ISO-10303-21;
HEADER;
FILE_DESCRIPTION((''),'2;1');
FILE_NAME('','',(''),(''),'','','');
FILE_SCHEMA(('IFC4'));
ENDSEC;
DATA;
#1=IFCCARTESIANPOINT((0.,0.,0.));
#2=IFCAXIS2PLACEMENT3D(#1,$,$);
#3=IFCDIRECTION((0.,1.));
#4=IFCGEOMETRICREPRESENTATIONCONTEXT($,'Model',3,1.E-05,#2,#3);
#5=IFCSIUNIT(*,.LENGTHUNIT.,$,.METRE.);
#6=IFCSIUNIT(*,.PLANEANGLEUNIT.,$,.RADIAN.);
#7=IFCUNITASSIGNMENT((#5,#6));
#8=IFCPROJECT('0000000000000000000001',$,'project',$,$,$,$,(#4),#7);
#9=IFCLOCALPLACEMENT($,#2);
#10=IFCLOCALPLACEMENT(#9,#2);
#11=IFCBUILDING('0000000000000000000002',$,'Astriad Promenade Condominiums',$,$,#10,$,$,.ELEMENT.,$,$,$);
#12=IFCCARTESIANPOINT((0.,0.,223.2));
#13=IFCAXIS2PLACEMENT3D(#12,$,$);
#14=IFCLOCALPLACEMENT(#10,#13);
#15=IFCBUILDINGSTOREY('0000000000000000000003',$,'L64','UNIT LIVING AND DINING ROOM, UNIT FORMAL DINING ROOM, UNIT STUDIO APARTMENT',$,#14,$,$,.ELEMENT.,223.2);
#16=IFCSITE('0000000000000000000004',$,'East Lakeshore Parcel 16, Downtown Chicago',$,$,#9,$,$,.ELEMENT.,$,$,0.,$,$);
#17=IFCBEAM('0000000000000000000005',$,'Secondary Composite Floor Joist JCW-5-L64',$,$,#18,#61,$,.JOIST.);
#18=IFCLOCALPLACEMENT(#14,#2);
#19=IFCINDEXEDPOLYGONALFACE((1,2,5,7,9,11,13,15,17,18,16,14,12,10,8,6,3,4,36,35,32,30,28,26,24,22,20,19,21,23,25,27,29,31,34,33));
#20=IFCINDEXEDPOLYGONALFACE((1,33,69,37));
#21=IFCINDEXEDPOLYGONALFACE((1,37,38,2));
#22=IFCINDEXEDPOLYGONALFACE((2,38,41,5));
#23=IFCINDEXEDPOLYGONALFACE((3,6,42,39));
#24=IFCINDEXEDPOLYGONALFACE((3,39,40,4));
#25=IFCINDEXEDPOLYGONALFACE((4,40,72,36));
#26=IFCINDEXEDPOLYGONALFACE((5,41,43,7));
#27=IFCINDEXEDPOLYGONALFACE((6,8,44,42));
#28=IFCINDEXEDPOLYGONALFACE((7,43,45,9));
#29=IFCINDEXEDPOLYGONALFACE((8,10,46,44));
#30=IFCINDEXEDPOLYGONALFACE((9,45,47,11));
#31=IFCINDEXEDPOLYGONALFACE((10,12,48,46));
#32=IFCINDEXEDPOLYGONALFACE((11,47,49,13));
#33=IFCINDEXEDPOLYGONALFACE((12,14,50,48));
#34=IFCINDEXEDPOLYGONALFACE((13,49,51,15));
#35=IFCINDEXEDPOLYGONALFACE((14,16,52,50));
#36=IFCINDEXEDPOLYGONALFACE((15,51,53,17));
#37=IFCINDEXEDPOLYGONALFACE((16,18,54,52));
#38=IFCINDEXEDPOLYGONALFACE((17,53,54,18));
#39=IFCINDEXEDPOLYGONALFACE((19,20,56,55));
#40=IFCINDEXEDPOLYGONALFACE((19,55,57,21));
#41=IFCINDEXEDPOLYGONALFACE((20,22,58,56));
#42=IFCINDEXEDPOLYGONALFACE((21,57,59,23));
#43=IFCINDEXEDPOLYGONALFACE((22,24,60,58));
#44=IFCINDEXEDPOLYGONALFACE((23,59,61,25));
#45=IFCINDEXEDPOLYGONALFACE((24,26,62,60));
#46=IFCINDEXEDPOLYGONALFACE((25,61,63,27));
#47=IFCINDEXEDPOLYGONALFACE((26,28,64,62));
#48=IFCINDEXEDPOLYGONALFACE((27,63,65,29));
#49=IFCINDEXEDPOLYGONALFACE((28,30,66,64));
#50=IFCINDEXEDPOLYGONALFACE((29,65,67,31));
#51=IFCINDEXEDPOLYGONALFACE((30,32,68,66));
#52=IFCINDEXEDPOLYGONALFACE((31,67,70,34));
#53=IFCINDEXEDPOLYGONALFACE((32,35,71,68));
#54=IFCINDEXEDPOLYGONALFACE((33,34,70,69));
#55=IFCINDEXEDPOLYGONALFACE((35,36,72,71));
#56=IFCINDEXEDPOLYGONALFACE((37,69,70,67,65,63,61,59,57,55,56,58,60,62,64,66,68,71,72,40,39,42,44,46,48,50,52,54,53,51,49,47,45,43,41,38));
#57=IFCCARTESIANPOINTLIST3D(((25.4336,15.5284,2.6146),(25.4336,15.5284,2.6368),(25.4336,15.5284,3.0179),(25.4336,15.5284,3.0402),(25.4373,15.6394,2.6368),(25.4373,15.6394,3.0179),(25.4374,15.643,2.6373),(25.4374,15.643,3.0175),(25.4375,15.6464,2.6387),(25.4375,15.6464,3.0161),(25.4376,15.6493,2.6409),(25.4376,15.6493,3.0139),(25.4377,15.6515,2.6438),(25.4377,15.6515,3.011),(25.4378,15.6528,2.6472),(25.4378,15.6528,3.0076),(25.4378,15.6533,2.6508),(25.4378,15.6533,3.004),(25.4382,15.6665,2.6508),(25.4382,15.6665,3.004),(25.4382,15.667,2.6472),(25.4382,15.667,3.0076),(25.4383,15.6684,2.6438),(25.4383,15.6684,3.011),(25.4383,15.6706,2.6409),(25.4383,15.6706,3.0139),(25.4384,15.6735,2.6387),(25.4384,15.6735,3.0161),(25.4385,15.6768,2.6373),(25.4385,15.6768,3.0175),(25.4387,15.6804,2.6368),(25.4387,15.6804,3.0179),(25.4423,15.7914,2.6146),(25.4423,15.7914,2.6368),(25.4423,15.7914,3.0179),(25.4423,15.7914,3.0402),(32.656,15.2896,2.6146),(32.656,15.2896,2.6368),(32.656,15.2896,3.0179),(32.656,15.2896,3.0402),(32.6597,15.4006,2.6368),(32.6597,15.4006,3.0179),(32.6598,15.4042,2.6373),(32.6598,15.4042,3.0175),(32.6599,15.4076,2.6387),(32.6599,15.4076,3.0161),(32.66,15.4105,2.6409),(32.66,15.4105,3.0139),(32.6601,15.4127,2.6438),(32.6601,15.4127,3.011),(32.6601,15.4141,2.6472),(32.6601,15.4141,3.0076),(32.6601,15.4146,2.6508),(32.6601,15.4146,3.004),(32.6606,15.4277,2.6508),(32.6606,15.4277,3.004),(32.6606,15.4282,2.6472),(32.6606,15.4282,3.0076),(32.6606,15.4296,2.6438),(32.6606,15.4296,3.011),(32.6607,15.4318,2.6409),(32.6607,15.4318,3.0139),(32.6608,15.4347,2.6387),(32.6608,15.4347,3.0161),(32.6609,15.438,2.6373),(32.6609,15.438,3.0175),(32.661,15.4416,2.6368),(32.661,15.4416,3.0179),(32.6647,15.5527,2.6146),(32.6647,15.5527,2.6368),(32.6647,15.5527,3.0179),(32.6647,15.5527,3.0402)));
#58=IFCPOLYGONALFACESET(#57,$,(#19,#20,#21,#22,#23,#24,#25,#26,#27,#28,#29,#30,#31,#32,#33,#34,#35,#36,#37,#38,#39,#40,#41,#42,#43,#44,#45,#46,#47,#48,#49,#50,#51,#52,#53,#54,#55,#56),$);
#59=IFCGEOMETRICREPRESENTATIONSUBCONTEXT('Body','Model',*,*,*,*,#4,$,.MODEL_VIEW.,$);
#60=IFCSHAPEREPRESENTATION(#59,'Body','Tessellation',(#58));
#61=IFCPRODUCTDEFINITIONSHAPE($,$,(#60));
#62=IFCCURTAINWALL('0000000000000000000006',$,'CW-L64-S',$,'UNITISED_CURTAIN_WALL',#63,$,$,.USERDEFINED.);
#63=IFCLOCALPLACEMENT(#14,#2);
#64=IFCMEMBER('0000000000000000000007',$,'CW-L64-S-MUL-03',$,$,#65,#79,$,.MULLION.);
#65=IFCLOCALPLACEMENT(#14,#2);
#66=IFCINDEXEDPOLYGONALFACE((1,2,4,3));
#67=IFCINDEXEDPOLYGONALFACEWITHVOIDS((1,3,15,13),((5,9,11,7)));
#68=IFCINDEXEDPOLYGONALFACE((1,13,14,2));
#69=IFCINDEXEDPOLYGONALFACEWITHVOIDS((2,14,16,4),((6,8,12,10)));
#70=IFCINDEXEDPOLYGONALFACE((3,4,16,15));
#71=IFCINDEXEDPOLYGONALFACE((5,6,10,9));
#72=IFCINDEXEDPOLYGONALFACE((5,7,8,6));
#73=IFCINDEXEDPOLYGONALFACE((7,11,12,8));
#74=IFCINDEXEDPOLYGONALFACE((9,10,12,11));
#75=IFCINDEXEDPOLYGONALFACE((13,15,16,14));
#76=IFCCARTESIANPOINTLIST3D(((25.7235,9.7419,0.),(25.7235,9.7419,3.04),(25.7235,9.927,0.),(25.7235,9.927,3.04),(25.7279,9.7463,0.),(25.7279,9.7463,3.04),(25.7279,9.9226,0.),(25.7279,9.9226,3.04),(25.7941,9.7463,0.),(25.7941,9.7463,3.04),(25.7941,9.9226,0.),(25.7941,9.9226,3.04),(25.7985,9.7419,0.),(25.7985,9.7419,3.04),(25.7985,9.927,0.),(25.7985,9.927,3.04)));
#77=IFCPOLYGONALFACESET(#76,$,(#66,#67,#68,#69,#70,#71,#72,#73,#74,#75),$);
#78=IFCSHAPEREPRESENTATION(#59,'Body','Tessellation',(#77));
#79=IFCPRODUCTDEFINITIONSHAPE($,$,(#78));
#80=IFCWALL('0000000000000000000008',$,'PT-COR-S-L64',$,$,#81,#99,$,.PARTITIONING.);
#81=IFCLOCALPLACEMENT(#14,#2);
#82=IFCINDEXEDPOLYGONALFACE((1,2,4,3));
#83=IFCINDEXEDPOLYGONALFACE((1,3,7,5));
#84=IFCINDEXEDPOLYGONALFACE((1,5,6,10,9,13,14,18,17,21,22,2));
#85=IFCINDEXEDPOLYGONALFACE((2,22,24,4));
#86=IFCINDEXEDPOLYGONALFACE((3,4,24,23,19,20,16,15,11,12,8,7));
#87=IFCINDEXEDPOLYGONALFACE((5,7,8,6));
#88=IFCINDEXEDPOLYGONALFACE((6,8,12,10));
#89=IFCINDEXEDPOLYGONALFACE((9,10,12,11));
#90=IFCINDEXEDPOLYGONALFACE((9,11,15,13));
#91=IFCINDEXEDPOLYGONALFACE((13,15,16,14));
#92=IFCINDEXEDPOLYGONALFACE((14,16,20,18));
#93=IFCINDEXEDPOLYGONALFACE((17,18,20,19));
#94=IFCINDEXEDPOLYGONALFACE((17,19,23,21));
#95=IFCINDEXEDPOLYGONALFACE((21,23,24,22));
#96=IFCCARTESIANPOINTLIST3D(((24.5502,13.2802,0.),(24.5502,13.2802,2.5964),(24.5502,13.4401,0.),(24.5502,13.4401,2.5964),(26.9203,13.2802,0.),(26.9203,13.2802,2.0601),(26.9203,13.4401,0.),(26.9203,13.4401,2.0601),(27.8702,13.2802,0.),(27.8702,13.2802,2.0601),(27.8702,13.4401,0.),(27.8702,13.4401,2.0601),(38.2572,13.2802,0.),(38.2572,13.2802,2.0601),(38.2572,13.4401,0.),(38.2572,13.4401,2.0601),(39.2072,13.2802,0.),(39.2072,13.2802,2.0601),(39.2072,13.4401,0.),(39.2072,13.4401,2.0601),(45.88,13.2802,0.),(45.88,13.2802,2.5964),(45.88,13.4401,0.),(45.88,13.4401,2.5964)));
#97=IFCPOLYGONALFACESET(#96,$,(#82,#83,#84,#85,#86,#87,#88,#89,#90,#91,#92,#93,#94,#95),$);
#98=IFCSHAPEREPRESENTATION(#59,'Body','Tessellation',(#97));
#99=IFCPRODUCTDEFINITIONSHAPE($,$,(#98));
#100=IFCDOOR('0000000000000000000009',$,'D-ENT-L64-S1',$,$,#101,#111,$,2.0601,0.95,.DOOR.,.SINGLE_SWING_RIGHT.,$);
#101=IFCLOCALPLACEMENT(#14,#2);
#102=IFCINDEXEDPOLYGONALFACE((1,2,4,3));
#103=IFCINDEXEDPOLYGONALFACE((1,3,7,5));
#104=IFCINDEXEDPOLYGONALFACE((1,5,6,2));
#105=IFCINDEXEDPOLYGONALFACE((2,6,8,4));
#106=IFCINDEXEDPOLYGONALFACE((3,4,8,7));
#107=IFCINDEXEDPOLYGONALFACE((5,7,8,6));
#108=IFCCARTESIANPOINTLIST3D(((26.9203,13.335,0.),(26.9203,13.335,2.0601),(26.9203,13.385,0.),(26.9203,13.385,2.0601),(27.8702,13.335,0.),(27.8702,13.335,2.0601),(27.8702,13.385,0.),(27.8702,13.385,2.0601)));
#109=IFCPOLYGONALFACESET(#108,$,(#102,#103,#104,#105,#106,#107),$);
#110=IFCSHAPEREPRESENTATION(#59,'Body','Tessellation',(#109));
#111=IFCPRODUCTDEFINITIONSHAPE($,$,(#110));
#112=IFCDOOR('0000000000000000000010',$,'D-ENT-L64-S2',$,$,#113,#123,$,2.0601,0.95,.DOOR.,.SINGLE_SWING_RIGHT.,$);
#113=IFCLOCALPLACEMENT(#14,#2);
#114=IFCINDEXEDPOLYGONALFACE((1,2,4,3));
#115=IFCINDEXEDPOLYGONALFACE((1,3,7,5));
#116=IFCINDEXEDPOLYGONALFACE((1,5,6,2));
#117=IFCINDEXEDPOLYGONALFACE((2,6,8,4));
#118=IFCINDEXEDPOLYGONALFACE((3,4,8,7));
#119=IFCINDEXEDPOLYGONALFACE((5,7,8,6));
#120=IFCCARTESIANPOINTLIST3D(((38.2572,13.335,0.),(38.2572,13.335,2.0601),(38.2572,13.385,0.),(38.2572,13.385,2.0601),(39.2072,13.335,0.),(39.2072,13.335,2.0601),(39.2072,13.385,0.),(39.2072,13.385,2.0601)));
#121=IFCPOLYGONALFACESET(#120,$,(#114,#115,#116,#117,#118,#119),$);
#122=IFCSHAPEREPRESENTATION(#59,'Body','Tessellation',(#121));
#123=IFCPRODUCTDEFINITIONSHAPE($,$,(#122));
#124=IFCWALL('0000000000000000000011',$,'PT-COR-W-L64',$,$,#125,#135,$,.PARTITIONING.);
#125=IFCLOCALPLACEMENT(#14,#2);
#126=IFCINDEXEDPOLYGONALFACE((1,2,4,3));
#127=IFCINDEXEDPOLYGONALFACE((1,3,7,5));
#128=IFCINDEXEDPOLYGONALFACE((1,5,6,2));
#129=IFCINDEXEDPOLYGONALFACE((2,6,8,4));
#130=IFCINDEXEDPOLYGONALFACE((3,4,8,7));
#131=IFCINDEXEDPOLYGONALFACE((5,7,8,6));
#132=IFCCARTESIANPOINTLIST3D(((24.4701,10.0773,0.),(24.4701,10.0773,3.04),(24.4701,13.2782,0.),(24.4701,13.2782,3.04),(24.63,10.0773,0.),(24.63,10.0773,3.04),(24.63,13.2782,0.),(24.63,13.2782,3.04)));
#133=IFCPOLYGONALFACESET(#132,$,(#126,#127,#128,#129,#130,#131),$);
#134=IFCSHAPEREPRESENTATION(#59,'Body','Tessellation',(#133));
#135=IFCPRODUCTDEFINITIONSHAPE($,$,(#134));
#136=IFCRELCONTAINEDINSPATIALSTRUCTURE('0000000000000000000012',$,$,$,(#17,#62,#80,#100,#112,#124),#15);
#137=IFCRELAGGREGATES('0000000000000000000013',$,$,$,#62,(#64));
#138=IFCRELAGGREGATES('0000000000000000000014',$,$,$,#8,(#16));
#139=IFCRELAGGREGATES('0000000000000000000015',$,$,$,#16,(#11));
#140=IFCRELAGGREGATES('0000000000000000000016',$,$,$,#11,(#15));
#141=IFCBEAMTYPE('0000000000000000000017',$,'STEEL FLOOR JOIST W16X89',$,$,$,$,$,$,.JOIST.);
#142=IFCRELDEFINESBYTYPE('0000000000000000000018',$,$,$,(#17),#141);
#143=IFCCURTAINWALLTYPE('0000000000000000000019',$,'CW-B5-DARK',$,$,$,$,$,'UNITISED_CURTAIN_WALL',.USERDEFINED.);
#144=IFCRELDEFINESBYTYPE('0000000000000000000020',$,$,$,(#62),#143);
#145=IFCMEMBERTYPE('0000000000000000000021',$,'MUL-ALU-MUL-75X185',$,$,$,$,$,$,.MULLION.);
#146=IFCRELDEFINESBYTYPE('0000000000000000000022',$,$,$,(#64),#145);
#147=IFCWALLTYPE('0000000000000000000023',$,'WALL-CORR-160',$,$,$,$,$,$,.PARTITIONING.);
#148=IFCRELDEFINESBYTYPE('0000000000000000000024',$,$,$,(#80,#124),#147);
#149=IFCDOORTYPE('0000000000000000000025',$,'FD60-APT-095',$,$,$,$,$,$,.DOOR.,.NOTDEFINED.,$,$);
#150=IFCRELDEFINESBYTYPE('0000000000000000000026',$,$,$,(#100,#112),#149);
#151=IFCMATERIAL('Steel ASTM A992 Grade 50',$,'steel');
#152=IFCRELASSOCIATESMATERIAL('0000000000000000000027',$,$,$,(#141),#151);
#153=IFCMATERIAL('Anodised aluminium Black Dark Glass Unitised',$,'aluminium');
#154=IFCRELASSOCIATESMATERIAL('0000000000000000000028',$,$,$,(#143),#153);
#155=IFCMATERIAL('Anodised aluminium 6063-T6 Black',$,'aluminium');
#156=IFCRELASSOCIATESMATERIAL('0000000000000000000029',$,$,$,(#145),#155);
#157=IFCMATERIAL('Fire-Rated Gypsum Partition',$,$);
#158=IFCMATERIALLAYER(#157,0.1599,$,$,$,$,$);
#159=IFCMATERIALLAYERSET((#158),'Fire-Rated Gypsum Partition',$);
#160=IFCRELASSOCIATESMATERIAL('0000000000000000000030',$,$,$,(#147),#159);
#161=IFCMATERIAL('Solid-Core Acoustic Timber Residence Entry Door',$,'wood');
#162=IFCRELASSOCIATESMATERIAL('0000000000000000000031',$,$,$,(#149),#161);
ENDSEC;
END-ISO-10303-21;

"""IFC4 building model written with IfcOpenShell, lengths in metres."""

from ifc_helpers import new_model, si_unit, direction, frame, frame_2d, origin, origin_2d, place, context, subcontext, project, spatial, rectangle, hollow_rectangle, i_section, extrude, source, transform, mapped, material, layer, layer_set, material_profile, profile_set, type_object, type_shapes, element, fill, aggregate, save


model = new_model("IFC4")

# Units and contexts
model_context = context("Model", 3, precision=1e-05, world=origin(), true_north=direction((0.0, 1.0)))
body_context = subcontext(model_context, "Body", "Model", "MODEL_VIEW")
ifc_project = project(units=[si_unit("LENGTHUNIT", "METRE"), si_unit("PLANEANGLEUNIT", "RADIAN")], contexts=[model_context])

# Site, building, storey
site_placement = place(None, origin())
site = spatial("IfcSite", under=ifc_project, at=site_placement, Name="East Lakeshore Parcel 16, Downtown Chicago", CompositionType="ELEMENT", RefElevation=0.0)
building_placement = place(site_placement, origin())
building = spatial("IfcBuilding", under=site, at=building_placement, Name="Astriad Promenade Condominiums", CompositionType="ELEMENT")
storey_placement = place(building_placement, frame((0.0, 0.0, 223.2)))
storey = spatial("IfcBuildingStorey", under=building, at=storey_placement, Name="L64", Description="UNIT LIVING AND DINING ROOM, UNIT FORMAL DINING ROOM, UNIT STUDIO APARTMENT", CompositionType="ELEMENT", Elevation=223.2)

# Beam
ifc_material_1 = material(Name="Steel ASTM A992 Grade 50", Category="steel")
ifc_material_profile_1 = material_profile(ifc_material_1, i_section(OverallWidth=0.2632, OverallDepth=0.4255, WebThickness=0.0132, FlangeThickness=0.0222, FilletRadius=0.0139, at=origin_2d()), Name="W16X89")
ifc_profile_set_1 = profile_set([ifc_material_profile_1], Name="Steel ASTM A992 Grade 50")
beam_type_1 = type_object("IfcBeamType", Name="STEEL FLOOR JOIST W16X89", PredefinedType="JOIST", material=ifc_profile_set_1)
shared_shape_1 = source(origin(), body_context, "Body", "SweptSolid", [
    extrude(i_section(OverallWidth=0.2632, OverallDepth=0.4255, WebThickness=0.0132, FlangeThickness=0.0222, FilletRadius=0.0139, at=origin_2d()), origin(), (0.0, 0.0, 1.0), 7.2263),
])
beam_1_placement = place(storey_placement, frame((25.438, 15.6599, 2.8274), z_axis=(0.999454, -0.033041, 0.0), x_axis=(0.033041, 0.999454, 0.0)))
element("IfcBeam", 1, at=beam_1_placement, inside=storey, type_object=beam_type_1, Name="Secondary Composite Floor Joist JCW-5-L64", PredefinedType="JOIST", context=body_context, shape_type="MappedRepresentation", body=[
    mapped(shared_shape_1, transform((0.0, 0.0, 0.0), scale=1.0)),
])

# Curtain wall, member
ifc_material_2 = material(Name="Anodised aluminium Black Dark Glass Unitised", Category="aluminium")
curtain_wall_type = type_object("IfcCurtainWallType", Name="CW-B5-DARK", ElementType="UNITISED_CURTAIN_WALL", PredefinedType="USERDEFINED", material=ifc_material_2)
curtain_wall_placement = place(storey_placement, origin())
curtain_wall = element("IfcCurtainWall", 2, at=curtain_wall_placement, inside=storey, type_object=curtain_wall_type, Name="CW-L64-S", ObjectType="UNITISED_CURTAIN_WALL", PredefinedType="USERDEFINED")
ifc_material_3 = material(Name="Anodised aluminium 6063-T6 Black", Category="aluminium")
ifc_material_profile_2 = material_profile(ifc_material_3, hollow_rectangle(XDim=0.075, YDim=0.1851, WallThickness=0.0044, at=origin_2d()), Name="ALU-MUL-75X185")
ifc_profile_set_2 = profile_set([ifc_material_profile_2], Name="Anodised aluminium 6063-T6 Black")
member_type = type_object("IfcMemberType", Name="MUL-ALU-MUL-75X185", PredefinedType="MULLION", material=ifc_profile_set_2)
shared_shape_2 = source(origin(), body_context, "Body", "SweptSolid", [
    extrude(hollow_rectangle(XDim=0.075, YDim=0.1851, WallThickness=0.0044, at=origin_2d()), origin(), (0.0, 0.0, 1.0), 3.04),
])
type_shapes(member_type, [shared_shape_2])
member_placement = place(storey_placement, frame((25.761, 9.8345, 0.0), z_axis=(0.0, 0.0, 1.0), x_axis=(1.0, 0.0, 0.0)))
member = element("IfcMember", 3, at=member_placement, type_object=member_type, Name="CW-L64-S-MUL-03", PredefinedType="MULLION", context=body_context, shape_type="MappedRepresentation", body=[
    mapped(shared_shape_2, transform((0.0, 0.0, 0.0), scale=1.0)),
])
aggregate(curtain_wall, [member])

# Wall, openings, doors
ifc_material_4 = material(Name="Fire-Rated Gypsum Partition")
ifc_layer_1 = layer(ifc_material_4, 0.1599)
ifc_layer_set_1 = layer_set([ifc_layer_1], Name="Fire-Rated Gypsum Partition")
wall_type_1 = type_object("IfcWallType", Name="WALL-CORR-160", PredefinedType="PARTITIONING", material=ifc_layer_set_1)
wall_1_placement = place(storey_placement, frame((24.55, 13.3601, 0.0), z_axis=(0.0, 0.0, 1.0), x_axis=(1.0, 0.0, 0.0)))
wall_1 = element("IfcWall", 4, at=wall_1_placement, inside=storey, type_object=wall_type_1, Name="PT-COR-S-L64", PredefinedType="PARTITIONING", context=body_context, shape_type="SweptSolid", body=[
    extrude(rectangle(XDim=21.3298, YDim=0.1599, at=frame_2d((10.665, 0.0))), origin(), (0.0, 0.0, 1.0), 2.5964),
])
opening_1_placement = place(wall_1_placement, frame((2.3701, 0.0, 0.0)))
opening_1 = element("IfcOpeningElement", 5, at=opening_1_placement, cuts=wall_1, PredefinedType="OPENING", context=body_context, shape_type="SweptSolid", body=[
    extrude(rectangle(XDim=0.95, YDim=2.0601, at=frame_2d((0.4751, 1.03))), frame((0.0, 0.0898, 0.0), z_axis=(0.0, -1.0, 0.0), x_axis=(1.0, 0.0, 0.0)), (0.0, 0.0, 1.0), 0.1799),
])
opening_2_placement = place(wall_1_placement, frame((13.707, 0.0, 0.0)))
opening_2 = element("IfcOpeningElement", 6, at=opening_2_placement, cuts=wall_1, PredefinedType="OPENING", context=body_context, shape_type="SweptSolid", body=[
    extrude(rectangle(XDim=0.95, YDim=2.0601, at=frame_2d((0.4751, 1.03))), frame((0.0, 0.0898, 0.0), z_axis=(0.0, -1.0, 0.0), x_axis=(1.0, 0.0, 0.0)), (0.0, 0.0, 1.0), 0.1799),
])
ifc_material_5 = material(Name="Solid-Core Acoustic Timber Residence Entry Door", Category="wood")
door_type_1 = type_object("IfcDoorType", Name="FD60-APT-095", OperationType="NOTDEFINED", PredefinedType="DOOR", material=ifc_material_5)
shared_shape_3 = source(origin(), body_context, "Body", "SweptSolid", [
    extrude(rectangle(XDim=0.95, YDim=2.0601, at=frame_2d((0.4751, 1.03))), frame((0.0, 0.0249, 0.0), z_axis=(0.0, -1.0, 0.0), x_axis=(1.0, 0.0, 0.0)), (0.0, 0.0, 1.0), 0.05),
])
type_shapes(door_type_1, [shared_shape_3])
door_1_placement = place(opening_1_placement, origin())
door_1 = element("IfcDoor", 7, at=door_1_placement, inside=storey, type_object=door_type_1, Name="D-ENT-L64-S1", OperationType="SINGLE_SWING_RIGHT", OverallHeight=2.0601, OverallWidth=0.95, PredefinedType="DOOR", context=body_context, shape_type="MappedRepresentation", body=[
    mapped(shared_shape_3, transform((0.0, 0.0, 0.0), scale=1.0)),
])
fill(opening_1, door_1)
door_2_placement = place(opening_2_placement, origin())
door_2 = element("IfcDoor", 8, at=door_2_placement, inside=storey, type_object=door_type_1, Name="D-ENT-L64-S2", OperationType="SINGLE_SWING_RIGHT", OverallHeight=2.0601, OverallWidth=0.95, PredefinedType="DOOR", context=body_context, shape_type="MappedRepresentation", body=[
    mapped(shared_shape_3, transform((0.0, 0.0, 0.0), scale=1.0)),
])
fill(opening_2, door_2)

# Wall
wall_2_placement = place(storey_placement, frame((24.55, 10.0771, 0.0), z_axis=(0.0, 0.0, 1.0), x_axis=(0.0, 1.0, 0.0)))
element("IfcWall", 9, at=wall_2_placement, inside=storey, type_object=wall_type_1, Name="PT-COR-W-L64", PredefinedType="PARTITIONING", context=body_context, shape_type="SweptSolid", body=[
    extrude(rectangle(XDim=3.2009, YDim=0.1599, at=frame_2d((1.6006, 0.0))), origin(), (0.0, 0.0, 1.0), 3.04),
])

save(model, "model.ifc")
